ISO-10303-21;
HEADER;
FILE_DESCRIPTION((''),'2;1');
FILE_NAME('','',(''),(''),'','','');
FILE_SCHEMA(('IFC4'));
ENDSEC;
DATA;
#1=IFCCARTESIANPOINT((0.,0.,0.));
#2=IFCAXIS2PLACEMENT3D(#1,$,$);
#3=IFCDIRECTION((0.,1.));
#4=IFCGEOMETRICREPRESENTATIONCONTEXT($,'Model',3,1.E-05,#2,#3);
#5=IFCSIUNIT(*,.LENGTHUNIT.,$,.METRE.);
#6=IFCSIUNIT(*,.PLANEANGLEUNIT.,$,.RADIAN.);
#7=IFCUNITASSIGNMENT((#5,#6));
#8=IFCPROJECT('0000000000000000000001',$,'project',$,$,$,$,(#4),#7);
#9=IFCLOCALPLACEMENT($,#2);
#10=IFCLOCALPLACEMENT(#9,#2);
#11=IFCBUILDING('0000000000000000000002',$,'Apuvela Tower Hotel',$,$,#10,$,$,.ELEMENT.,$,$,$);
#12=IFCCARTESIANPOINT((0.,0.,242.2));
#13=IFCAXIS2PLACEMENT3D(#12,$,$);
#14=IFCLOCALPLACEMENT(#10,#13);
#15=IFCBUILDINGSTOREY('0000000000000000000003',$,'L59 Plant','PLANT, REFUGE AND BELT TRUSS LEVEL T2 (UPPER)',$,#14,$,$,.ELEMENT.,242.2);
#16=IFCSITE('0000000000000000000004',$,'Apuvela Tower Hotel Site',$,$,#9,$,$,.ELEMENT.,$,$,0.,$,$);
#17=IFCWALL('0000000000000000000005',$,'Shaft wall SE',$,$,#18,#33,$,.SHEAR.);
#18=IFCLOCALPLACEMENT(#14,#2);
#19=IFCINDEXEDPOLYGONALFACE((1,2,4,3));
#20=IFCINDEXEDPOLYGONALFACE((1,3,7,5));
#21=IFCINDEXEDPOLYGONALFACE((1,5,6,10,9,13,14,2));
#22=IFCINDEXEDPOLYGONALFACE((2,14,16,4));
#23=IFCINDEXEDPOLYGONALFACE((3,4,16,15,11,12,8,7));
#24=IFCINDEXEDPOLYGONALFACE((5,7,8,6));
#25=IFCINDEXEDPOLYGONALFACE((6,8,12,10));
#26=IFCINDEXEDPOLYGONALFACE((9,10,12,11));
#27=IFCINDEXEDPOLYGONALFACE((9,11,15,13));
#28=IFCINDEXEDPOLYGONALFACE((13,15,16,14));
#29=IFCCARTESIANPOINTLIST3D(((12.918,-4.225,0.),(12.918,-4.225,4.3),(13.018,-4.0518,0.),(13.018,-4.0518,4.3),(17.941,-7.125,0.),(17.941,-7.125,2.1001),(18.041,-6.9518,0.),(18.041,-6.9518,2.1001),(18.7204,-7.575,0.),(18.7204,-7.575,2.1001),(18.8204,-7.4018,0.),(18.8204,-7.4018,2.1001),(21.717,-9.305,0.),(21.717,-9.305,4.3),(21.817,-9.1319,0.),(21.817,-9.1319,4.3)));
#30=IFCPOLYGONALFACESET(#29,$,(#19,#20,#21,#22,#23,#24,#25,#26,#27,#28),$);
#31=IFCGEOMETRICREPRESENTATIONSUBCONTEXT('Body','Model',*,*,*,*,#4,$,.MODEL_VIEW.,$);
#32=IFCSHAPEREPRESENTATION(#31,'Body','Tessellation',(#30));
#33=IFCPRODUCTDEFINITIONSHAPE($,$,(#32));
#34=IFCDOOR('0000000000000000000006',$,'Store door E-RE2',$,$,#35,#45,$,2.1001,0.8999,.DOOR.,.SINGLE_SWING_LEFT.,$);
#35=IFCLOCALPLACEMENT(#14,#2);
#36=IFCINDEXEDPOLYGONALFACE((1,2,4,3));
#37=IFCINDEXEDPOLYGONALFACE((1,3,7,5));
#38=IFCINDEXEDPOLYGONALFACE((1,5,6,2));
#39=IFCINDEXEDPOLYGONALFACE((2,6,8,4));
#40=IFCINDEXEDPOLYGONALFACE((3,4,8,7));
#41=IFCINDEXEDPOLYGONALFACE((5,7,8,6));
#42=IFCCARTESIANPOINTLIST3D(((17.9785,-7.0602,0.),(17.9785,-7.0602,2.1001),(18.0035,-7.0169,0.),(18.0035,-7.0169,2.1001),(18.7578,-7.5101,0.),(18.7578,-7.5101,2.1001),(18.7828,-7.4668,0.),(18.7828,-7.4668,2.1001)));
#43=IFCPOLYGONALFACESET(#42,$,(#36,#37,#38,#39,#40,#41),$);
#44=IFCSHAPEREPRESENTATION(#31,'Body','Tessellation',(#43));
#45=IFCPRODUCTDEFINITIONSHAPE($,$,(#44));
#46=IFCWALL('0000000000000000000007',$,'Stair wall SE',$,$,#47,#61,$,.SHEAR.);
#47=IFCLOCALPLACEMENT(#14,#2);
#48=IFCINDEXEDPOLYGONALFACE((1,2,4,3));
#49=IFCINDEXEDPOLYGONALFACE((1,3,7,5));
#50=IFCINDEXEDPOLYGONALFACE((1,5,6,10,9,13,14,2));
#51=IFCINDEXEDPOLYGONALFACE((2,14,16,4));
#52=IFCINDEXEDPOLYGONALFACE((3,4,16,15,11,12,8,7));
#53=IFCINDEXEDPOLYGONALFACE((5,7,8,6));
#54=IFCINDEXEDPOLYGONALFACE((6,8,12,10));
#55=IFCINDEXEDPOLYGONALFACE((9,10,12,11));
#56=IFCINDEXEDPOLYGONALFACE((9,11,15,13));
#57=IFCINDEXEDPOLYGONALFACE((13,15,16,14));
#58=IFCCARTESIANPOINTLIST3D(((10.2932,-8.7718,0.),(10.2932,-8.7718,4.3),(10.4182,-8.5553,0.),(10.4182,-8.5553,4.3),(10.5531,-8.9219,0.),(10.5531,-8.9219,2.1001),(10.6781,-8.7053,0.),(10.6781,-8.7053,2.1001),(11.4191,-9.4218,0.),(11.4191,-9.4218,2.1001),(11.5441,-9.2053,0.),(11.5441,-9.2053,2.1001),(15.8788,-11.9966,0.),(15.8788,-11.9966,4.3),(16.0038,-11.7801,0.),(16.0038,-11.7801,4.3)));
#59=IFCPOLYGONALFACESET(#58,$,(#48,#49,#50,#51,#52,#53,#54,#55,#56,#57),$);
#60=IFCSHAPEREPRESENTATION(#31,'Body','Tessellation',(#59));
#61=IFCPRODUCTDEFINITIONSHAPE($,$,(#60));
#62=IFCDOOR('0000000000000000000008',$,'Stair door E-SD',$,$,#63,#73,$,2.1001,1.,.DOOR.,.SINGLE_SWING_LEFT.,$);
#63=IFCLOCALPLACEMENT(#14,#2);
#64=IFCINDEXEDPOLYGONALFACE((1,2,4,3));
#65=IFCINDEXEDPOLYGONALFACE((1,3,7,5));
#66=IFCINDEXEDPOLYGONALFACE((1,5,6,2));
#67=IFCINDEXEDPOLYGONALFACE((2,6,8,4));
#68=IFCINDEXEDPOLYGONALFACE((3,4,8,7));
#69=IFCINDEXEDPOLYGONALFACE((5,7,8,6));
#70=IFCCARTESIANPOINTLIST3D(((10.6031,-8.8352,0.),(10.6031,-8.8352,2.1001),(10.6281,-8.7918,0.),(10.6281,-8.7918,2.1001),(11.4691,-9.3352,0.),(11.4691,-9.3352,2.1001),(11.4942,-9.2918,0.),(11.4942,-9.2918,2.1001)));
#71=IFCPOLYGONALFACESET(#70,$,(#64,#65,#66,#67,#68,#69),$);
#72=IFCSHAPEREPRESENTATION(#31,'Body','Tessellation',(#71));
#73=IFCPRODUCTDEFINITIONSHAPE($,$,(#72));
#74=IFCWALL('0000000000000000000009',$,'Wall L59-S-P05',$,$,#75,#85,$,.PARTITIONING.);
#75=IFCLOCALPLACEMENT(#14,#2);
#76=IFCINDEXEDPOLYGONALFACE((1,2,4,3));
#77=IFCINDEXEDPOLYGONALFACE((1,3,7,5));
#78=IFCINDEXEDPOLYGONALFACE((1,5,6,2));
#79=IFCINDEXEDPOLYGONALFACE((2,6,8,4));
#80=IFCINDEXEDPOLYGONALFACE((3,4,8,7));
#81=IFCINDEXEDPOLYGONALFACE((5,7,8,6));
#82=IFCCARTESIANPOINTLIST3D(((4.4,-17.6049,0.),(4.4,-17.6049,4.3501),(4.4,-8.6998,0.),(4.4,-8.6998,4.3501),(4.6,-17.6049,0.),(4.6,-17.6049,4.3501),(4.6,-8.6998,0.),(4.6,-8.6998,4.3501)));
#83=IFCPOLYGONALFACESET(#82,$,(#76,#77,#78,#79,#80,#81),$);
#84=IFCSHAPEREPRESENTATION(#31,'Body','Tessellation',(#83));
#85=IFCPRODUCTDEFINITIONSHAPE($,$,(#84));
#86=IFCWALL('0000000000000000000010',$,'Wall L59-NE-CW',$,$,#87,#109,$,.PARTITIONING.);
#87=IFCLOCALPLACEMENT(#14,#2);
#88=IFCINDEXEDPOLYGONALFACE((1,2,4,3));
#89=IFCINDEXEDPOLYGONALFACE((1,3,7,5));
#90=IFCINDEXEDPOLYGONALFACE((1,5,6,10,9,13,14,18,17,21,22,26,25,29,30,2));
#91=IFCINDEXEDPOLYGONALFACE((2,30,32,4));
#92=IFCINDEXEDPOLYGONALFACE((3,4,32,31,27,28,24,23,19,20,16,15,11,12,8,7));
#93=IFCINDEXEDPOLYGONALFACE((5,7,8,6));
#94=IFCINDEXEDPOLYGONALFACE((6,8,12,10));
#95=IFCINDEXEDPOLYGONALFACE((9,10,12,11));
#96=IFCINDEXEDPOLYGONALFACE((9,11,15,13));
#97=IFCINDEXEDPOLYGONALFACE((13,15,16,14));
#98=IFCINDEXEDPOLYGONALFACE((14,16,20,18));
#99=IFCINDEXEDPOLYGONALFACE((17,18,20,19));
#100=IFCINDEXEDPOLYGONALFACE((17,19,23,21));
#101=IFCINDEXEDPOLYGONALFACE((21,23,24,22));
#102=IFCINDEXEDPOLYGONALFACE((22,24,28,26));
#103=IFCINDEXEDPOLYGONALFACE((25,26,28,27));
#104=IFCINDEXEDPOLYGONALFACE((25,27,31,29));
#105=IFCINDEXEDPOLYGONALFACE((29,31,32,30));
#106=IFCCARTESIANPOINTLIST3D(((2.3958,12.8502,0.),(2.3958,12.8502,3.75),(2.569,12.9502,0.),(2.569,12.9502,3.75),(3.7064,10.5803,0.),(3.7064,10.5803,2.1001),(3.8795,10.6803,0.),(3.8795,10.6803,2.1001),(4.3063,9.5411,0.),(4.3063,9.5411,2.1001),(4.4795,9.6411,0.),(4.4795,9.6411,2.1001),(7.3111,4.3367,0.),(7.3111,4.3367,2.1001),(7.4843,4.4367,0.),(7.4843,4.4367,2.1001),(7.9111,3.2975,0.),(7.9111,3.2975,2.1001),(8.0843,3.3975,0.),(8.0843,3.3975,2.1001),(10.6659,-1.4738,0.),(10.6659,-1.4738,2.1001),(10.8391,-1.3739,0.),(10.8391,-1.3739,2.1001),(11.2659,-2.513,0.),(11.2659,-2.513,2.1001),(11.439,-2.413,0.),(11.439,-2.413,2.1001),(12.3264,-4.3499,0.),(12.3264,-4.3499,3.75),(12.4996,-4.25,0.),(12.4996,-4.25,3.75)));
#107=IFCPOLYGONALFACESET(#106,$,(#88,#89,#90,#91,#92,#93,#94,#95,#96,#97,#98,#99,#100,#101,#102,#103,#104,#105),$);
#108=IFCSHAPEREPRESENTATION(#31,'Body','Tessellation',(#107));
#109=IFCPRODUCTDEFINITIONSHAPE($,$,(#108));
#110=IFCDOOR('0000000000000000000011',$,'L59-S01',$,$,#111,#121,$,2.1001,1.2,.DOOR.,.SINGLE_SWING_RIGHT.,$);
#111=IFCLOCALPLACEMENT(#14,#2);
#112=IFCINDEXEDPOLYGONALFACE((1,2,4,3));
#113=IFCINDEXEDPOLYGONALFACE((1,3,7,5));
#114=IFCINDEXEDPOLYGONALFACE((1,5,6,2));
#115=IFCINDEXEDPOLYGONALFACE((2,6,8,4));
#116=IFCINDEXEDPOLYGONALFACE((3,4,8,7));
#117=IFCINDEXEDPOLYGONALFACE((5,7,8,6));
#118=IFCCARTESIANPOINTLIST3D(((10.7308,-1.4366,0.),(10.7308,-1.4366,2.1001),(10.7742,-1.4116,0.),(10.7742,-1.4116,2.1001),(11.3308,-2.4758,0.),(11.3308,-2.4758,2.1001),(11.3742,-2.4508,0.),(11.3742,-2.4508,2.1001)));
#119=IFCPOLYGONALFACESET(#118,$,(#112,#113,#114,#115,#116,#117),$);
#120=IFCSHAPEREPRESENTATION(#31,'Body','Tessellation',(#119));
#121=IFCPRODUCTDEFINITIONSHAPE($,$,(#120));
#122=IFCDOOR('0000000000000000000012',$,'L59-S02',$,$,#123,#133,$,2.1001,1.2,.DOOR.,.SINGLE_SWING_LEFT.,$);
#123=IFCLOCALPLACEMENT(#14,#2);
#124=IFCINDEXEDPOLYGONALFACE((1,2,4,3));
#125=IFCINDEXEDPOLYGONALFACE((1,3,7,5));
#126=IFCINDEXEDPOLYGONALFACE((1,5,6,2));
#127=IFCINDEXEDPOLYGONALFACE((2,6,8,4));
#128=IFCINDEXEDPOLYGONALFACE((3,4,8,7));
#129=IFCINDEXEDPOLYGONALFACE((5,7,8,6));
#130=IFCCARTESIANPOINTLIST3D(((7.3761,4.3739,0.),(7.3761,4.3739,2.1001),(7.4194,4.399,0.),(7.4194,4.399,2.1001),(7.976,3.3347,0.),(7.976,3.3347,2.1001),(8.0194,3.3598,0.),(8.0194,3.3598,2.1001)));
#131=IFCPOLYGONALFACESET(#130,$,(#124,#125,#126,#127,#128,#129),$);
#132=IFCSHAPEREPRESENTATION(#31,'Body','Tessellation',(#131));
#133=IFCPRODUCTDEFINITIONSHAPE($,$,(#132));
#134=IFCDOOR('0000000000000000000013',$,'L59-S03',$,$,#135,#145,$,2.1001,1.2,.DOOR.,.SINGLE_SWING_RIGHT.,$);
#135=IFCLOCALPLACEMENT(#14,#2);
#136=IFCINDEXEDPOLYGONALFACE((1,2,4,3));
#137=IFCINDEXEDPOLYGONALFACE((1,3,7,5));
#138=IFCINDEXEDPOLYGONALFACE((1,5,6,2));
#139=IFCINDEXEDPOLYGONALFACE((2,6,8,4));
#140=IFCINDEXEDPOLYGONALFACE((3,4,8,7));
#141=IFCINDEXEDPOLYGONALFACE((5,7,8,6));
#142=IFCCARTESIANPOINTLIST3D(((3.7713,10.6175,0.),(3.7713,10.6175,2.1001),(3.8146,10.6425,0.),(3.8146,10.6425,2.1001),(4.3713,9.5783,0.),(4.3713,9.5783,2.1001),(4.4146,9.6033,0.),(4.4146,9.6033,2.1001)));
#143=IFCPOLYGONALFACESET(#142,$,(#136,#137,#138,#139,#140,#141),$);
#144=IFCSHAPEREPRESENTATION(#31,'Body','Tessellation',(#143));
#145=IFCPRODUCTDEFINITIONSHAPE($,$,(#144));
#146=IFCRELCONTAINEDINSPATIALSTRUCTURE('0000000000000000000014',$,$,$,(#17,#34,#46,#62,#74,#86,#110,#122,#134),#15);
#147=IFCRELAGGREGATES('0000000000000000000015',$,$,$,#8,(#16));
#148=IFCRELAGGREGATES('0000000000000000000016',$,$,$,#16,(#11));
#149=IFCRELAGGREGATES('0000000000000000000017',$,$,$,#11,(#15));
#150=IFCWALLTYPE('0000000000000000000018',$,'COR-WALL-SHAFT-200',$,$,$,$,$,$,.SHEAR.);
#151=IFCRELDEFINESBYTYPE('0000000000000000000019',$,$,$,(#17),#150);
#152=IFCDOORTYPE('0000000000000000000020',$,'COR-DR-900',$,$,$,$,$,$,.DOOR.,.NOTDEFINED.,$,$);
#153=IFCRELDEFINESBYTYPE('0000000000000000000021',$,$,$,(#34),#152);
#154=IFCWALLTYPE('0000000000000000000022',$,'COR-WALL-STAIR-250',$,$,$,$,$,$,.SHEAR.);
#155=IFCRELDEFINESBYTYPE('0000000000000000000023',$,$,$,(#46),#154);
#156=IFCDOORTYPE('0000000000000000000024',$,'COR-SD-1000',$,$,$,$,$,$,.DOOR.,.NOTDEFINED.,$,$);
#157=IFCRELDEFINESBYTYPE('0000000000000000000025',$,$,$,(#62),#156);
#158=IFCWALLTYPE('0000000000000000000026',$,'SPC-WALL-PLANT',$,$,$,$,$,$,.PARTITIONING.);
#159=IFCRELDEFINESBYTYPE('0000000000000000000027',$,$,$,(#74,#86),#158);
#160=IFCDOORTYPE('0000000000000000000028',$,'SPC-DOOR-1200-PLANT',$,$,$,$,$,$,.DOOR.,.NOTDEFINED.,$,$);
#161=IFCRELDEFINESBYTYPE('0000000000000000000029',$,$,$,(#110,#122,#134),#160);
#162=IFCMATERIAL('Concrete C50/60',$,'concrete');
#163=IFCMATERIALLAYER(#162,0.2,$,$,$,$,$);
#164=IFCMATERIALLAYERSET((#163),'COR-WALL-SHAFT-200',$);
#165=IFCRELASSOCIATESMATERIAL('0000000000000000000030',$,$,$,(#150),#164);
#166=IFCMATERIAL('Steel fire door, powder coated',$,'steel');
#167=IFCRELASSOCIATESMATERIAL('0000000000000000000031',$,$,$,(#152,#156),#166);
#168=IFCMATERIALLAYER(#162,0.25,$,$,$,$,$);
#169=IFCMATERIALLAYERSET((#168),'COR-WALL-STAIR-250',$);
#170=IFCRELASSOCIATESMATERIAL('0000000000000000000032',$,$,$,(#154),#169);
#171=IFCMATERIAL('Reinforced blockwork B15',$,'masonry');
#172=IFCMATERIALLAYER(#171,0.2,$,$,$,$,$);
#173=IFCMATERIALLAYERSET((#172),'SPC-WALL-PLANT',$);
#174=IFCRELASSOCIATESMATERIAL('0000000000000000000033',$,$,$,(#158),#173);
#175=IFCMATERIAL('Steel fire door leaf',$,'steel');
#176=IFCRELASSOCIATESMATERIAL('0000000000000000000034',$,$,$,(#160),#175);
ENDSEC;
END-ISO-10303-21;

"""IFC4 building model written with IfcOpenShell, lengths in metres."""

from ifc_helpers import new_model, si_unit, direction, frame, frame_2d, origin, place, context, subcontext, project, spatial, rectangle, extrude, material, layer, layer_set, type_object, element, fill, save


model = new_model("IFC4")

# Units and contexts
model_context = context("Model", 3, precision=1e-05, world=origin(), true_north=direction((0.0, 1.0)))
body_context = subcontext(model_context, "Body", "Model", "MODEL_VIEW")
ifc_project = project(units=[si_unit("LENGTHUNIT", "METRE"), si_unit("PLANEANGLEUNIT", "RADIAN")], contexts=[model_context])

# Site, building, storey
site_placement = place(None, origin())
site = spatial("IfcSite", under=ifc_project, at=site_placement, Name="Apuvela Tower Hotel Site", CompositionType="ELEMENT", RefElevation=0.0)
building_placement = place(site_placement, origin())
building = spatial("IfcBuilding", under=site, at=building_placement, Name="Apuvela Tower Hotel", CompositionType="ELEMENT")
storey_placement = place(building_placement, frame((0.0, 0.0, 242.2)))
storey = spatial("IfcBuildingStorey", under=building, at=storey_placement, Name="L59 Plant", Description="PLANT, REFUGE AND BELT TRUSS LEVEL T2 (UPPER)", CompositionType="ELEMENT", Elevation=242.2)

# Shared definitions
ifc_material_1 = material(Name="Concrete C50/60", Category="concrete")
ifc_material_2 = material(Name="Steel fire door, powder coated", Category="steel")

# Shared definitions
ifc_layer_1 = layer(ifc_material_1, 0.2)
ifc_layer_set_1 = layer_set([ifc_layer_1], Name="COR-WALL-SHAFT-200")
wall_type_1 = type_object("IfcWallType", Name="COR-WALL-SHAFT-200", PredefinedType="SHEAR", material=ifc_layer_set_1)

# Walls, openings, doors
wall_1_placement = place(storey_placement, frame((12.968, -4.1384, 0.0), z_axis=(0.0, 0.0, 1.0), x_axis=(0.866028, -0.499995, 0.0)))
wall_1 = element("IfcWall", 1, at=wall_1_placement, inside=storey, type_object=wall_type_1, Name="Shaft wall SE", PredefinedType="SHEAR", context=body_context, shape_type="SweptSolid", body=[
    extrude(rectangle(XDim=10.1602, YDim=0.2, at=frame_2d((5.0801, 0.0))), origin(), (0.0, 0.0, 1.0), 4.3),
])
opening_1_placement = place(wall_1_placement, frame((5.8, 0.0, 0.0)))
opening_1 = element("IfcOpeningElement", 2, at=opening_1_placement, cuts=wall_1, PredefinedType="OPENING", context=body_context, shape_type="SweptSolid", body=[
    extrude(rectangle(XDim=0.8999, YDim=2.1001, at=frame_2d((0.45, 1.05))), frame((0.0, 0.1099, 0.0), z_axis=(0.0, -1.0, 0.0), x_axis=(1.0, 0.0, 0.0)), (0.0, 0.0, 1.0), 0.22),
])
door_type_1 = type_object("IfcDoorType", Name="COR-DR-900", OperationType="NOTDEFINED", PredefinedType="DOOR", material=ifc_material_2)
door_1_placement = place(opening_1_placement, origin())
door_1 = element("IfcDoor", 3, at=door_1_placement, inside=storey, type_object=door_type_1, Name="Store door E-RE2", OperationType="SINGLE_SWING_LEFT", OverallHeight=2.1001, OverallWidth=0.8999, PredefinedType="DOOR", context=body_context, shape_type="SweptSolid", body=[
    extrude(rectangle(XDim=0.8999, YDim=2.1001, at=frame_2d((0.45, 1.05))), frame((0.0, 0.0249, 0.0), z_axis=(0.0, -1.0, 0.0), x_axis=(1.0, 0.0, 0.0)), (0.0, 0.0, 1.0), 0.05),
])
fill(opening_1, door_1)
ifc_layer_2 = layer(ifc_material_1, 0.25)
ifc_layer_set_2 = layer_set([ifc_layer_2], Name="COR-WALL-STAIR-250")
wall_type_2 = type_object("IfcWallType", Name="COR-WALL-STAIR-250", PredefinedType="SHEAR", material=ifc_layer_set_2)
wall_2_placement = place(storey_placement, frame((10.3557, -8.6636, 0.0), z_axis=(0.0, 0.0, 1.0), x_axis=(0.866029, -0.499994, 0.0)))
wall_2 = element("IfcWall", 4, at=wall_2_placement, inside=storey, type_object=wall_type_2, Name="Stair wall SE", PredefinedType="SHEAR", context=body_context, shape_type="SweptSolid", body=[
    extrude(rectangle(XDim=6.4497, YDim=0.25, at=frame_2d((3.2249, 0.0))), origin(), (0.0, 0.0, 1.0), 4.3),
])
opening_2_placement = place(wall_2_placement, frame((0.3, 0.0, 0.0)))
opening_2 = element("IfcOpeningElement", 5, at=opening_2_placement, cuts=wall_2, PredefinedType="OPENING", context=body_context, shape_type="SweptSolid", body=[
    extrude(rectangle(XDim=1.0, YDim=2.1001, at=frame_2d((0.5, 1.05))), frame((0.0, 0.135, 0.0), z_axis=(0.0, -1.0, 0.0), x_axis=(1.0, 0.0, 0.0)), (0.0, 0.0, 1.0), 0.27),
])
door_type_2 = type_object("IfcDoorType", Name="COR-SD-1000", OperationType="NOTDEFINED", PredefinedType="DOOR", material=ifc_material_2)
door_2_placement = place(opening_2_placement, frame((1.0, 0.0, 0.0), z_axis=(0.0, 0.0, 1.0), x_axis=(-1.0, 0.0, 0.0)))
door_2 = element("IfcDoor", 6, at=door_2_placement, inside=storey, type_object=door_type_2, Name="Stair door E-SD", OperationType="SINGLE_SWING_LEFT", OverallHeight=2.1001, OverallWidth=1.0, PredefinedType="DOOR", context=body_context, shape_type="SweptSolid", body=[
    extrude(rectangle(XDim=1.0, YDim=2.1001, at=frame_2d((0.5, 1.05))), frame((0.0, 0.0249, 0.0), z_axis=(0.0, -1.0, 0.0), x_axis=(1.0, 0.0, 0.0)), (0.0, 0.0, 1.0), 0.05),
])
fill(opening_2, door_2)

# Wall
ifc_material_3 = material(Name="Reinforced blockwork B15", Category="masonry")
ifc_layer_3 = layer(ifc_material_3, 0.2)
ifc_layer_set_3 = layer_set([ifc_layer_3], Name="SPC-WALL-PLANT")
wall_type_3 = type_object("IfcWallType", Name="SPC-WALL-PLANT", PredefinedType="PARTITIONING", material=ifc_layer_set_3)
wall_3_placement = place(storey_placement, frame((4.5, -17.605, 0.0), z_axis=(0.0, 0.0, 1.0), x_axis=(0.0, 1.0, 0.0)))
element("IfcWall", 7, at=wall_3_placement, inside=storey, type_object=wall_type_3, Name="Wall L59-S-P05", PredefinedType="PARTITIONING", context=body_context, shape_type="SweptSolid", body=[
    extrude(rectangle(XDim=8.905, YDim=0.2, at=frame_2d((4.4526, 0.0))), origin(), (0.0, 0.0, 1.0), 4.3501),
])

# Wall, openings, doors
wall_4_placement = place(storey_placement, frame((12.4131, -4.3, 0.0), z_axis=(0.0, 0.0, 1.0), x_axis=(-0.500005, 0.866023, 0.0)))
wall_4 = element("IfcWall", 8, at=wall_4_placement, inside=storey, type_object=wall_type_3, Name="Wall L59-NE-CW", PredefinedType="PARTITIONING", context=body_context, shape_type="SweptSolid", body=[
    extrude(rectangle(XDim=19.8611, YDim=0.2, at=frame_2d((9.9307, 0.0))), origin(), (0.0, 0.0, 1.0), 3.75),
])
opening_3_placement = place(wall_4_placement, frame((2.1211, 0.0, 0.0)))
opening_3 = element("IfcOpeningElement", 9, at=opening_3_placement, cuts=wall_4, PredefinedType="OPENING", context=body_context, shape_type="SweptSolid", body=[
    extrude(rectangle(XDim=1.2, YDim=2.1001, at=frame_2d((0.6001, 1.05))), frame((0.0, 0.1099, 0.0), z_axis=(0.0, -1.0, 0.0), x_axis=(1.0, 0.0, 0.0)), (0.0, 0.0, 1.0), 0.22),
])
opening_4_placement = place(wall_4_placement, frame((8.8306, 0.0, 0.0)))
opening_4 = element("IfcOpeningElement", 10, at=opening_4_placement, cuts=wall_4, PredefinedType="OPENING", context=body_context, shape_type="SweptSolid", body=[
    extrude(rectangle(XDim=1.2, YDim=2.1001, at=frame_2d((0.6001, 1.05))), frame((0.0, 0.1099, 0.0), z_axis=(0.0, -1.0, 0.0), x_axis=(1.0, 0.0, 0.0)), (0.0, 0.0, 1.0), 0.22),
])
opening_5_placement = place(wall_4_placement, frame((16.04, 0.0, 0.0)))
opening_5 = element("IfcOpeningElement", 11, at=opening_5_placement, cuts=wall_4, PredefinedType="OPENING", context=body_context, shape_type="SweptSolid", body=[
    extrude(rectangle(XDim=1.2, YDim=2.1001, at=frame_2d((0.6001, 1.05))), frame((0.0, 0.1099, 0.0), z_axis=(0.0, -1.0, 0.0), x_axis=(1.0, 0.0, 0.0)), (0.0, 0.0, 1.0), 0.22),
])
ifc_material_4 = material(Name="Steel fire door leaf", Category="steel")
door_type_3 = type_object("IfcDoorType", Name="SPC-DOOR-1200-PLANT", OperationType="NOTDEFINED", PredefinedType="DOOR", material=ifc_material_4)
door_3_placement = place(opening_3_placement, frame((1.2, 0.0, 0.0), z_axis=(0.0, 0.0, 1.0), x_axis=(-1.0, 0.0, 0.0)))
door_3 = element("IfcDoor", 12, at=door_3_placement, inside=storey, type_object=door_type_3, Name="L59-S01", OperationType="SINGLE_SWING_RIGHT", OverallHeight=2.1001, OverallWidth=1.2, PredefinedType="DOOR", context=body_context, shape_type="SweptSolid", body=[
    extrude(rectangle(XDim=1.2, YDim=2.1001, at=frame_2d((0.6001, 1.05))), frame((0.0, 0.0249, 0.0), z_axis=(0.0, -1.0, 0.0), x_axis=(1.0, 0.0, 0.0)), (0.0, 0.0, 1.0), 0.05),
])
fill(opening_3, door_3)
door_4_placement = place(opening_4_placement, frame((1.2, 0.0, 0.0), z_axis=(0.0, 0.0, 1.0), x_axis=(-1.0, 0.0, 0.0)))
door_4 = element("IfcDoor", 13, at=door_4_placement, inside=storey, type_object=door_type_3, Name="L59-S02", OperationType="SINGLE_SWING_LEFT", OverallHeight=2.1001, OverallWidth=1.2, PredefinedType="DOOR", context=body_context, shape_type="SweptSolid", body=[
    extrude(rectangle(XDim=1.2, YDim=2.1001, at=frame_2d((0.6001, 1.05))), frame((0.0, 0.0249, 0.0), z_axis=(0.0, -1.0, 0.0), x_axis=(1.0, 0.0, 0.0)), (0.0, 0.0, 1.0), 0.05),
])
fill(opening_4, door_4)
door_5_placement = place(opening_5_placement, frame((1.2, 0.0, 0.0), z_axis=(0.0, 0.0, 1.0), x_axis=(-1.0, 0.0, 0.0)))
door_5 = element("IfcDoor", 14, at=door_5_placement, inside=storey, type_object=door_type_3, Name="L59-S03", OperationType="SINGLE_SWING_RIGHT", OverallHeight=2.1001, OverallWidth=1.2, PredefinedType="DOOR", context=body_context, shape_type="SweptSolid", body=[
    extrude(rectangle(XDim=1.2, YDim=2.1001, at=frame_2d((0.6001, 1.05))), frame((0.0, 0.0249, 0.0), z_axis=(0.0, -1.0, 0.0), x_axis=(1.0, 0.0, 0.0)), (0.0, 0.0, 1.0), 0.05),
])
fill(opening_5, door_5)

save(model, "model.ifc")
